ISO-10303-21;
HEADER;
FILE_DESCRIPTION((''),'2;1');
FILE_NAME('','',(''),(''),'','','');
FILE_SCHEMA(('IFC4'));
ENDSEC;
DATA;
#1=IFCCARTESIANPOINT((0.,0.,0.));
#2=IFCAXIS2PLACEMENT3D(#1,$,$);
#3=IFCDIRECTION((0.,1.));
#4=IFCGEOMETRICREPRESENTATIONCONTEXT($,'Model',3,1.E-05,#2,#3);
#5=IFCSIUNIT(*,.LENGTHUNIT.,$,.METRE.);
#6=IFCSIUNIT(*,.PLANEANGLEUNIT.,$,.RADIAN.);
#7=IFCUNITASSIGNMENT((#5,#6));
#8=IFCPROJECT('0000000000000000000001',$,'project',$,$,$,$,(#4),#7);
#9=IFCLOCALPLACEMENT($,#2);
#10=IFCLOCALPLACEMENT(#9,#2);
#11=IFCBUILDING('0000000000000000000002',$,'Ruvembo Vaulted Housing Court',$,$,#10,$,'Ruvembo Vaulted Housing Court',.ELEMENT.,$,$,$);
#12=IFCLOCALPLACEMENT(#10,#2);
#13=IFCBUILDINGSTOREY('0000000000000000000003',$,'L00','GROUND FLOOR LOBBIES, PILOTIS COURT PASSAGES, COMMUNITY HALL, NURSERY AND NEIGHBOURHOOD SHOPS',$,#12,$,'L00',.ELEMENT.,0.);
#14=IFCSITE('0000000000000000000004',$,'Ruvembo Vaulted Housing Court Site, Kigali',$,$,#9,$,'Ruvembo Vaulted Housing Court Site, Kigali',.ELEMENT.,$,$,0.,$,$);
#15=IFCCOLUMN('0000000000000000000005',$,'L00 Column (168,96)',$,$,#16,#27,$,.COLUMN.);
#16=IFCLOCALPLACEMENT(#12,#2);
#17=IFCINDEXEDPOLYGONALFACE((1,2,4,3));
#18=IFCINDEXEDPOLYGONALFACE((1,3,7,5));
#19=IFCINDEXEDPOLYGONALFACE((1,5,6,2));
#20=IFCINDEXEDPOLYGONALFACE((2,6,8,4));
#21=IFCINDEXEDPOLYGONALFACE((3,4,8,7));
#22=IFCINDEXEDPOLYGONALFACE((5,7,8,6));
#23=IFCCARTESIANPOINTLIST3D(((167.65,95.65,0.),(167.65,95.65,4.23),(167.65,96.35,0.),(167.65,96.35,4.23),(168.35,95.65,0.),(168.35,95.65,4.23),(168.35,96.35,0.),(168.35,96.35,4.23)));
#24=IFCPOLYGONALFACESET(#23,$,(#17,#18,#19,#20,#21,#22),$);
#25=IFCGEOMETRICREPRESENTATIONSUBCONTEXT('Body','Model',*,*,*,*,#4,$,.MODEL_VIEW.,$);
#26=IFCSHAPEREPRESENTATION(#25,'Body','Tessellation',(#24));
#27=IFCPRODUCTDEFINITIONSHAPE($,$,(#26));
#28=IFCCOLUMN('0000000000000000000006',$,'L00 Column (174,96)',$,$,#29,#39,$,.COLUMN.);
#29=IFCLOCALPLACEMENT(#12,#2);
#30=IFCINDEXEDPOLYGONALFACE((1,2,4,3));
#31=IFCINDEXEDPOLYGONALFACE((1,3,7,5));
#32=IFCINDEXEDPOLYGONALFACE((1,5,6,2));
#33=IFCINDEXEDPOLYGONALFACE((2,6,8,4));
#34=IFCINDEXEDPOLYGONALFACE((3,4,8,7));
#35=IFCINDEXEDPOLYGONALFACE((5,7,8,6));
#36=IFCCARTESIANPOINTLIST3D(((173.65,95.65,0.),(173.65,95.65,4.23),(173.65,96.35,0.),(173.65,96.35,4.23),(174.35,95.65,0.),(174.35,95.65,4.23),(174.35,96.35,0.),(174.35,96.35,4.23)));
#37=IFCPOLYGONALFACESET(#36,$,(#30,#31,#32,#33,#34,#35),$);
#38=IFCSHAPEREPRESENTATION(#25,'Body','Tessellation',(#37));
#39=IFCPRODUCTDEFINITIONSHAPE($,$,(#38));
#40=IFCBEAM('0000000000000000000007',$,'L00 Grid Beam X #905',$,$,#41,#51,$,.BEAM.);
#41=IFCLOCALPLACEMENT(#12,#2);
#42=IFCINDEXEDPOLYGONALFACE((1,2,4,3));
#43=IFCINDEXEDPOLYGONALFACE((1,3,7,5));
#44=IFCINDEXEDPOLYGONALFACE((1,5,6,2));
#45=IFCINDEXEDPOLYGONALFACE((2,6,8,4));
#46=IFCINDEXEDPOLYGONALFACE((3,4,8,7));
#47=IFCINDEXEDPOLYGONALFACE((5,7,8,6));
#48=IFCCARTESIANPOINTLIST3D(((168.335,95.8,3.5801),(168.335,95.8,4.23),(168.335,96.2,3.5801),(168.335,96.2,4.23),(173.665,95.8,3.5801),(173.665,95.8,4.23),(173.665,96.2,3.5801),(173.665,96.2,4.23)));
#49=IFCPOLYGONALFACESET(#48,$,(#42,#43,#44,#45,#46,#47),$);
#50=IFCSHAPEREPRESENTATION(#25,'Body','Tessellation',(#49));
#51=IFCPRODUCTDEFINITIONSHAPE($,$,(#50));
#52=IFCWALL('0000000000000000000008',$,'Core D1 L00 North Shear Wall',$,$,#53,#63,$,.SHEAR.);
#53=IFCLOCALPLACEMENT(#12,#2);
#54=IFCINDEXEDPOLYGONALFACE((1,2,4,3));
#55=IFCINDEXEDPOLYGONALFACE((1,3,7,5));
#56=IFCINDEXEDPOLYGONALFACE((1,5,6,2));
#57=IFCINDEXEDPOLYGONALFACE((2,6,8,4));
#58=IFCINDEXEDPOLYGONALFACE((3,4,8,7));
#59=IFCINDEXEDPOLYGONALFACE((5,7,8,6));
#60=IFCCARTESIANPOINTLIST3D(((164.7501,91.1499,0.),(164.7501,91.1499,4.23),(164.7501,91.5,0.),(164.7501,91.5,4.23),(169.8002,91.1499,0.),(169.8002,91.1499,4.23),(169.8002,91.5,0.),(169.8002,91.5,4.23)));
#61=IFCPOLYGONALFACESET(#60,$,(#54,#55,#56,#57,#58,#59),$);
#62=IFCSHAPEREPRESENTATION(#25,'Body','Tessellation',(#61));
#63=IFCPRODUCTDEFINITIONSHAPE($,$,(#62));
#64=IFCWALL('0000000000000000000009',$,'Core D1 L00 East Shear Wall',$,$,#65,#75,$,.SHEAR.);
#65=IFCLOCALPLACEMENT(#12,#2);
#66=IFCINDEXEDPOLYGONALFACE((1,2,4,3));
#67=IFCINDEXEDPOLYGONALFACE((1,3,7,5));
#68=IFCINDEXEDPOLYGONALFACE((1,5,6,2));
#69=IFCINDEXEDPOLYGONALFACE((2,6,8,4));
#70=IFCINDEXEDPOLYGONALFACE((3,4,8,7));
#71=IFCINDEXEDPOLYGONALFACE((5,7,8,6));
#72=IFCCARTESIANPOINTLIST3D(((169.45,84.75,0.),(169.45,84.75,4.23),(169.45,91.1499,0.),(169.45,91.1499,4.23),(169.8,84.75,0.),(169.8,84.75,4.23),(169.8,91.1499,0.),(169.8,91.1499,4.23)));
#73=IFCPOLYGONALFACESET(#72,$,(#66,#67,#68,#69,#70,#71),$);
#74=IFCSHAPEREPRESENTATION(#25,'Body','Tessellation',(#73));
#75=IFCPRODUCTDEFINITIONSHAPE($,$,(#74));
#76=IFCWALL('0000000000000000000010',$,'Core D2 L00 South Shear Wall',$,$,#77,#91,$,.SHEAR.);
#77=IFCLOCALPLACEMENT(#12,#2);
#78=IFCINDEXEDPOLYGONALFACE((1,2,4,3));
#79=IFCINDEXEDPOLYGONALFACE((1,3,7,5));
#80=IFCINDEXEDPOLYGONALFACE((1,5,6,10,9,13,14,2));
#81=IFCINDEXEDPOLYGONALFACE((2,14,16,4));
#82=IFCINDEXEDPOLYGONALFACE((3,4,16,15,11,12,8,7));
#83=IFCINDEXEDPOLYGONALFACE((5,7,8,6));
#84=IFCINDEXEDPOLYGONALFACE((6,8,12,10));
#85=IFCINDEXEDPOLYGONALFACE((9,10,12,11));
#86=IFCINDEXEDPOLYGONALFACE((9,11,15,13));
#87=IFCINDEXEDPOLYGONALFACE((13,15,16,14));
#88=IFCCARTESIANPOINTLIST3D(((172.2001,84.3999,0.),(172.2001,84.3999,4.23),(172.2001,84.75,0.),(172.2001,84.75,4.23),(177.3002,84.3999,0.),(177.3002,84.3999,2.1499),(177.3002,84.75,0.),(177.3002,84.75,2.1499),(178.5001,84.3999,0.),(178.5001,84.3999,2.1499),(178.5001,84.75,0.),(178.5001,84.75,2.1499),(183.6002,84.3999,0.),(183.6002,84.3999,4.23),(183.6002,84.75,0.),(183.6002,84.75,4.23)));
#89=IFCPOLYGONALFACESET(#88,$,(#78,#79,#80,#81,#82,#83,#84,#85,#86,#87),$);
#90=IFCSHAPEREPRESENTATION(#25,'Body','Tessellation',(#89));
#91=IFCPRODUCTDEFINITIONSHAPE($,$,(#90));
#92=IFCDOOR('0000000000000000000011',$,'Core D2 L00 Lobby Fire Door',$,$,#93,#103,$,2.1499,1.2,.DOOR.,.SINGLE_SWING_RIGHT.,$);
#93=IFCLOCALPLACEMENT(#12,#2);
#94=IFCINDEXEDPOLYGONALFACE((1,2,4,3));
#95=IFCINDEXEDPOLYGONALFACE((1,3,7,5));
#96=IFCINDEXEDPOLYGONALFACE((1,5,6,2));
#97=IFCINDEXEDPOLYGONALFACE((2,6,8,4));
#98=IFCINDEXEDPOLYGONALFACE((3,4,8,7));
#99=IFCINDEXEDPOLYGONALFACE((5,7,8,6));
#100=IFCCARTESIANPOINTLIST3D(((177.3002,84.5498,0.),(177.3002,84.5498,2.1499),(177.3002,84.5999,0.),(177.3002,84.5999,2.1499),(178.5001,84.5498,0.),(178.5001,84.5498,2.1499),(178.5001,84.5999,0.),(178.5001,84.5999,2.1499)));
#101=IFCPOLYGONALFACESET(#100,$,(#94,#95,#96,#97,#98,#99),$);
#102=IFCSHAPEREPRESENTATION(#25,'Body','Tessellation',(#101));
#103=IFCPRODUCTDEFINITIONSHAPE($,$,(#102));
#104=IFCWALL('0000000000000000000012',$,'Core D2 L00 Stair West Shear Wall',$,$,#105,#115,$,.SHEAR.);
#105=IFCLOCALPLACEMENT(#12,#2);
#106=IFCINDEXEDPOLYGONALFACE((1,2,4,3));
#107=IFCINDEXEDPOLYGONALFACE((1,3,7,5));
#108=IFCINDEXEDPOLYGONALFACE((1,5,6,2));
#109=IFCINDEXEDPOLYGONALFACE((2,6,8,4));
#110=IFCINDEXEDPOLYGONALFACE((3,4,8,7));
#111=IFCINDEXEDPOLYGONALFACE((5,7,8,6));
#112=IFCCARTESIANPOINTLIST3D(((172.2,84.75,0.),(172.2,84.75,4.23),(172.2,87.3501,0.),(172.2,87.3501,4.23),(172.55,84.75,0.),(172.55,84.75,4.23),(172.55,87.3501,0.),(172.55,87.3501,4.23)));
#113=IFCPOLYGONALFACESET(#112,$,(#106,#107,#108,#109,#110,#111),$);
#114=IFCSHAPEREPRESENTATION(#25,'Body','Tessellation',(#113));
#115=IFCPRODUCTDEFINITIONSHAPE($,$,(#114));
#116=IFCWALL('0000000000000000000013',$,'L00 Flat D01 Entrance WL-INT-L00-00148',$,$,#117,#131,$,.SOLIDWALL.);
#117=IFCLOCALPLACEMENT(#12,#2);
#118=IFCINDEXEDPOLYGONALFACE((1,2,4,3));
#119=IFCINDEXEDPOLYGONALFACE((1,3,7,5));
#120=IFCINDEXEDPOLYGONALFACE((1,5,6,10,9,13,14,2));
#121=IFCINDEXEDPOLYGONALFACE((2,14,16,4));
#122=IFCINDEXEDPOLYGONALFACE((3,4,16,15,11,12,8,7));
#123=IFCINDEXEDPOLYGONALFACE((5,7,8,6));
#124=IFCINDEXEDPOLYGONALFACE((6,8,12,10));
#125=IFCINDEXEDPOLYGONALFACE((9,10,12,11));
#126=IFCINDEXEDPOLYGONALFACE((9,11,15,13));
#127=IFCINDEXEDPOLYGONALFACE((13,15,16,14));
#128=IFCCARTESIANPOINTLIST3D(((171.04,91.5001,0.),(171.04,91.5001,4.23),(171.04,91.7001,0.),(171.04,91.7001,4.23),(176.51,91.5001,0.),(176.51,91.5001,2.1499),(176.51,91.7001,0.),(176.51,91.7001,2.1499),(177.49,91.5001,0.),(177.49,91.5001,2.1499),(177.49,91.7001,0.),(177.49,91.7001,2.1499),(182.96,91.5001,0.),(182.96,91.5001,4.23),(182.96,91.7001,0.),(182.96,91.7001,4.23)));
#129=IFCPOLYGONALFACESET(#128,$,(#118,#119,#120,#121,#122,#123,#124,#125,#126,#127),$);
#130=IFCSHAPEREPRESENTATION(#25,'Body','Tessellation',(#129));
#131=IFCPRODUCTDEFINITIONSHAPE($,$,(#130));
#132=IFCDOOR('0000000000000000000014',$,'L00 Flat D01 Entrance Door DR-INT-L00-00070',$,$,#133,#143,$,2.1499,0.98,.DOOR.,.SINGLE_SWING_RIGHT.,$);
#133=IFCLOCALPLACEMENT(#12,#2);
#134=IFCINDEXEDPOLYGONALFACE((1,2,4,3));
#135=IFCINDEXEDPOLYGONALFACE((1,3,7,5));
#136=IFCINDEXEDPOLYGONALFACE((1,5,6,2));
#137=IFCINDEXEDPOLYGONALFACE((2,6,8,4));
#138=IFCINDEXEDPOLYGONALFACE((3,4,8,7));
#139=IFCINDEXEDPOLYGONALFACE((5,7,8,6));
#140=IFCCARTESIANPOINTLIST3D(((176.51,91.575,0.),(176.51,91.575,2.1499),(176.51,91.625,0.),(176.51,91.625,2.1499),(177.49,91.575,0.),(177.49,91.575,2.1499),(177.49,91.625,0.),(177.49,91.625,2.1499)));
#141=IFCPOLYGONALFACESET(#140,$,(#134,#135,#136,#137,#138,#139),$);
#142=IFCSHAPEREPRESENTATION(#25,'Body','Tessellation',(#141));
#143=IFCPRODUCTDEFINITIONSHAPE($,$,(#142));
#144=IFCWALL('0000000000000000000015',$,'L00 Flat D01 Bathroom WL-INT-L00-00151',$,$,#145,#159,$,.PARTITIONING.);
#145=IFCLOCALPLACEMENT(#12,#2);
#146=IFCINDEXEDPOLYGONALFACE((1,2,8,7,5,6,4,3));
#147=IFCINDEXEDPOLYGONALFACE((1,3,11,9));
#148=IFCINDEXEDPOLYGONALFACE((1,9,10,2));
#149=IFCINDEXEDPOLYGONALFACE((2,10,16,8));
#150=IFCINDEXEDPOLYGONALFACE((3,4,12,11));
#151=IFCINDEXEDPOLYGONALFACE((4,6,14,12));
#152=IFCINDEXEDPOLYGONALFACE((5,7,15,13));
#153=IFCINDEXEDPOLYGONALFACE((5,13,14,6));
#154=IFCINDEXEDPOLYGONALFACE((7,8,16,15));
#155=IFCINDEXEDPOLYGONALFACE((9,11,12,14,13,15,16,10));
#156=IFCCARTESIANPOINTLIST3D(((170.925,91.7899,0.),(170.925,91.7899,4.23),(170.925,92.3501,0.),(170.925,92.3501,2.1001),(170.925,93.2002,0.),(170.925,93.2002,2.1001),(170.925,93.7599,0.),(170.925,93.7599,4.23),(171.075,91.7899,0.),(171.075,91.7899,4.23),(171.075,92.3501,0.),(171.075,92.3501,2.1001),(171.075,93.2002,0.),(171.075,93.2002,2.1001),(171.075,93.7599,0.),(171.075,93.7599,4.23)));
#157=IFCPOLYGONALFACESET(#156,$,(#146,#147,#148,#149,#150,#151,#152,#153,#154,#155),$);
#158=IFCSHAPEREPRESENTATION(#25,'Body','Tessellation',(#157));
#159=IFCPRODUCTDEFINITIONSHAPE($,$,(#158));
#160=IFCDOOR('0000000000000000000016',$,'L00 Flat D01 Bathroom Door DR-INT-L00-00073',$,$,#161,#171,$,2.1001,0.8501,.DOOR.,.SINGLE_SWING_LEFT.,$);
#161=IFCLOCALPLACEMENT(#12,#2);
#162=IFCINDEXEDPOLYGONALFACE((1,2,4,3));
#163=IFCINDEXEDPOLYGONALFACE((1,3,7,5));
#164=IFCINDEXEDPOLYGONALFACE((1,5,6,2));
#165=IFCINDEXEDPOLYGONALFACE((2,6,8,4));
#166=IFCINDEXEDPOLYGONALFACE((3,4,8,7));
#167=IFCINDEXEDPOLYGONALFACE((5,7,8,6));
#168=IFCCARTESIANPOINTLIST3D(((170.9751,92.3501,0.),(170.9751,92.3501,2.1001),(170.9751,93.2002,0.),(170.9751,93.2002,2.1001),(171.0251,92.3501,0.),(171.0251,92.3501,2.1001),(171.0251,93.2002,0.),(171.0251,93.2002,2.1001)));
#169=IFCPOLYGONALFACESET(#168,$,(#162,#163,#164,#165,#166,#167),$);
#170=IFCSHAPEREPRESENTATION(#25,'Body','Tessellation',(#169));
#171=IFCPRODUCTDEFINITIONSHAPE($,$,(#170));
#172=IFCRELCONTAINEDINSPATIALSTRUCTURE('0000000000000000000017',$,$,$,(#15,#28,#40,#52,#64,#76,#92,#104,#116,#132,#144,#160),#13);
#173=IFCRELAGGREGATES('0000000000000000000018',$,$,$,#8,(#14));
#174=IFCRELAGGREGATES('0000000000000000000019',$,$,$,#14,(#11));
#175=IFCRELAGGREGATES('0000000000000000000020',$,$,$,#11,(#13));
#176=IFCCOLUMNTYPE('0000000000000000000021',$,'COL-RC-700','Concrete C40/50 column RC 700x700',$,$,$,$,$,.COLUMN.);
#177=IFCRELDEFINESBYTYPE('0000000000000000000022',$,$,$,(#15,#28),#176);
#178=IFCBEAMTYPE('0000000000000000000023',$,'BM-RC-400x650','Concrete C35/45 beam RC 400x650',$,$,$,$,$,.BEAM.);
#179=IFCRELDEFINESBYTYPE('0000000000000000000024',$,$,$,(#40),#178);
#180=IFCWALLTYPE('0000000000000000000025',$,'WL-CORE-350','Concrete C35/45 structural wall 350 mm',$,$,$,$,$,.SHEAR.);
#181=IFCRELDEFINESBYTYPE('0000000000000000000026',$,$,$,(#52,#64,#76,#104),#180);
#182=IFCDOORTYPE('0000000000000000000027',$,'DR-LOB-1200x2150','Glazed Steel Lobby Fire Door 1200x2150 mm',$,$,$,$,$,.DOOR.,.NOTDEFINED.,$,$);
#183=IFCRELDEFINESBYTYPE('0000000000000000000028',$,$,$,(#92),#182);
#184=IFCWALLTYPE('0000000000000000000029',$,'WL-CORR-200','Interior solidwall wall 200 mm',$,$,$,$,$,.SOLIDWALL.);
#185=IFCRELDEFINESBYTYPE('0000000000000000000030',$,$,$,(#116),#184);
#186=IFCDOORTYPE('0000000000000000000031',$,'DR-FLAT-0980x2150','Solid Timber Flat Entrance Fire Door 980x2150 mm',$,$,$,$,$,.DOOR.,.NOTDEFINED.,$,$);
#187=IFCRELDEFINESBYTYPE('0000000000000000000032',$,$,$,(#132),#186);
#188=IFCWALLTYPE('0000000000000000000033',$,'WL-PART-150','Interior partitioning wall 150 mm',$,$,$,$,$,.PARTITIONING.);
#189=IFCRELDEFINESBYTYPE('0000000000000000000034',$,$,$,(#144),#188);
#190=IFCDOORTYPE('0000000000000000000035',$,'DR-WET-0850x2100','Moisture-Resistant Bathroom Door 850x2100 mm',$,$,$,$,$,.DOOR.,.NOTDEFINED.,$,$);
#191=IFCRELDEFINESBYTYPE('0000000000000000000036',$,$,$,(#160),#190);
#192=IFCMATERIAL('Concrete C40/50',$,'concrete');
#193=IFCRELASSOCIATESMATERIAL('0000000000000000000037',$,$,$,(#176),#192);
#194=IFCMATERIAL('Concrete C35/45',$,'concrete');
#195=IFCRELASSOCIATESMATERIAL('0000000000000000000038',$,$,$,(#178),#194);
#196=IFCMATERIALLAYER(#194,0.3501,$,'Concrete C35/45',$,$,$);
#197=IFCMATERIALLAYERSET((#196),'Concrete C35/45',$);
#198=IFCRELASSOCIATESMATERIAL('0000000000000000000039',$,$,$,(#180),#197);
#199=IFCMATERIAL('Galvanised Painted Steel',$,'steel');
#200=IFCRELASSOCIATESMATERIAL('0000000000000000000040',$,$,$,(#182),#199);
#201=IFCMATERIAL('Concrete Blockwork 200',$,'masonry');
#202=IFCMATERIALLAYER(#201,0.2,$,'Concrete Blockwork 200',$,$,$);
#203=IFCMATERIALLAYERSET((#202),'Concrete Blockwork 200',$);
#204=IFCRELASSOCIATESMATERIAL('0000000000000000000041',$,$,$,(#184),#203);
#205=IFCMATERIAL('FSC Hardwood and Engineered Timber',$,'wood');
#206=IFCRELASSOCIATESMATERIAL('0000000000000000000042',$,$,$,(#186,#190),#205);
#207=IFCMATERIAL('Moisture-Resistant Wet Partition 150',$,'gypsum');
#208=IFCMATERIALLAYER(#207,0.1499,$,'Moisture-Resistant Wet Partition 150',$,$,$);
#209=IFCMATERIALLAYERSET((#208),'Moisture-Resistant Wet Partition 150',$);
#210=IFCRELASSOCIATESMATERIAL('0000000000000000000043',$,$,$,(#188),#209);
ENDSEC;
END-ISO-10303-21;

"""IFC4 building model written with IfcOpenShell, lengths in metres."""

from ifc_helpers import new_model, si_unit, direction, frame, frame_2d, origin, origin_2d, place, context, subcontext, project, spatial, rectangle, extrude, material, layer, layer_set, material_profile, profile_set, type_object, element, fill, save


model = new_model("IFC4")

# Units and contexts
model_context = context("Model", 3, precision=1e-05, world=origin(), true_north=direction((0.0, 1.0)))
body_context = subcontext(model_context, "Body", "Model", "MODEL_VIEW")
ifc_project = project(units=[si_unit("LENGTHUNIT", "METRE"), si_unit("PLANEANGLEUNIT", "RADIAN")], contexts=[model_context])

# Site, building, storey
site_placement = place(None, origin())
site = spatial("IfcSite", under=ifc_project, at=site_placement, Name="Ruvembo Vaulted Housing Court Site, Kigali", LongName="Ruvembo Vaulted Housing Court Site, Kigali", CompositionType="ELEMENT", RefElevation=0.0)
building_placement = place(site_placement, origin())
building = spatial("IfcBuilding", under=site, at=building_placement, Name="Ruvembo Vaulted Housing Court", LongName="Ruvembo Vaulted Housing Court", CompositionType="ELEMENT")
storey_placement = place(building_placement, origin())
storey = spatial("IfcBuildingStorey", under=building, at=storey_placement, Name="L00", Description="GROUND FLOOR LOBBIES, PILOTIS COURT PASSAGES, COMMUNITY HALL, NURSERY AND NEIGHBOURHOOD SHOPS", LongName="L00", CompositionType="ELEMENT", Elevation=0.0)

# Columns
ifc_material_1 = material(Name="Concrete C40/50", Category="concrete")
ifc_material_profile_1 = material_profile(ifc_material_1, rectangle(XDim=0.7, YDim=0.7, at=origin_2d()), Name="RC 700x700")
ifc_profile_set_1 = profile_set([ifc_material_profile_1], Name="Concrete C40/50")
column_type = type_object("IfcColumnType", Name="COL-RC-700", Description="Concrete C40/50 column RC 700x700", PredefinedType="COLUMN", material=ifc_profile_set_1)
for number, where, z_axis, x_axis, name in (
    (1, (168.0, 96.0, 0.0), (0.0, 0.0, 1.0), (1.0, 0.0, 0.0), "L00 Column (168,96)"),
    (2, (174.0, 96.0, 0.0), (0.0, 0.0, 1.0), (1.0, 0.0, 0.0), "L00 Column (174,96)"),
):
    element("IfcColumn", number, at=place(storey_placement, frame(where, z_axis=z_axis, x_axis=x_axis)), inside=storey, type_object=column_type, Name=name, PredefinedType="COLUMN", context=body_context, shape_type="SweptSolid", body=[
        extrude(rectangle(XDim=0.7, YDim=0.7, at=origin_2d()), origin(), (0.0, 0.0, 1.0), 4.23),
    ])

# Beam
ifc_material_2 = material(Name="Concrete C35/45", Category="concrete")
ifc_material_profile_2 = material_profile(ifc_material_2, rectangle(XDim=0.3999, YDim=0.6499, at=origin_2d()), Name="RC 400x650")
ifc_profile_set_2 = profile_set([ifc_material_profile_2], Name="Concrete C35/45")
beam_type = type_object("IfcBeamType", Name="BM-RC-400x650", Description="Concrete C35/45 beam RC 400x650", PredefinedType="BEAM", material=ifc_profile_set_2)
beam_placement = place(storey_placement, frame((168.335, 96.0, 3.905), z_axis=(1.0, 0.0, 0.0), x_axis=(0.0, 1.0, 0.0)))
element("IfcBeam", 3, at=beam_placement, inside=storey, type_object=beam_type, Name="L00 Grid Beam X #905", PredefinedType="BEAM", context=body_context, shape_type="SweptSolid", body=[
    extrude(rectangle(XDim=0.3999, YDim=0.6499, at=origin_2d()), origin(), (0.0, 0.0, 1.0), 5.3301),
])

# Walls
ifc_layer_1 = layer(ifc_material_2, 0.3501, Name="Concrete C35/45")
ifc_layer_set_1 = layer_set([ifc_layer_1], Name="Concrete C35/45")
wall_type_1 = type_object("IfcWallType", Name="WL-CORE-350", Description="Concrete C35/45 structural wall 350 mm", PredefinedType="SHEAR", material=ifc_layer_set_1)
wall_1_placement = place(storey_placement, frame((169.8, 91.325, 0.0), z_axis=(0.0, 0.0, 1.0), x_axis=(-1.0, 0.0, 0.0)))
element("IfcWall", 4, at=wall_1_placement, inside=storey, type_object=wall_type_1, Name="Core D1 L00 North Shear Wall", PredefinedType="SHEAR", context=body_context, shape_type="SweptSolid", body=[
    extrude(rectangle(XDim=5.05, YDim=0.3501, at=frame_2d((2.5249, 0.0))), origin(), (0.0, 0.0, 1.0), 4.23),
])
wall_2_placement = place(storey_placement, frame((169.625, 84.75, 0.0), z_axis=(0.0, 0.0, 1.0), x_axis=(0.0, 1.0, 0.0)))
element("IfcWall", 5, at=wall_2_placement, inside=storey, type_object=wall_type_1, Name="Core D1 L00 East Shear Wall", PredefinedType="SHEAR", context=body_context, shape_type="SweptSolid", body=[
    extrude(rectangle(XDim=6.3999, YDim=0.3501, at=frame_2d((3.2, 0.0))), origin(), (0.0, 0.0, 1.0), 4.23),
])

# Wall, opening, door
wall_3_placement = place(storey_placement, frame((172.2, 84.575, 0.0), z_axis=(0.0, 0.0, 1.0), x_axis=(1.0, 0.0, 0.0)))
wall_3 = element("IfcWall", 6, at=wall_3_placement, inside=storey, type_object=wall_type_1, Name="Core D2 L00 South Shear Wall", PredefinedType="SHEAR", context=body_context, shape_type="SweptSolid", body=[
    extrude(rectangle(XDim=11.4001, YDim=0.3501, at=frame_2d((5.7002, 0.0))), origin(), (0.0, 0.0, 1.0), 4.23),
])
opening_1_placement = place(wall_3_placement, frame((5.1001, 0.0, 0.0)))
opening_1 = element("IfcOpeningElement", 7, at=opening_1_placement, cuts=wall_3, PredefinedType="OPENING", context=body_context, shape_type="SweptSolid", body=[
    extrude(rectangle(XDim=1.2, YDim=2.1499, at=frame_2d((0.6001, 1.075))), frame((0.0, 0.1851, 0.0), z_axis=(0.0, -1.0, 0.0), x_axis=(1.0, 0.0, 0.0)), (0.0, 0.0, 1.0), 0.3701),
])
ifc_material_3 = material(Name="Galvanised Painted Steel", Category="steel")
door_type_1 = type_object("IfcDoorType", Name="DR-LOB-1200x2150", Description="Glazed Steel Lobby Fire Door 1200x2150 mm", OperationType="NOTDEFINED", PredefinedType="DOOR", material=ifc_material_3)
door_1_placement = place(opening_1_placement, origin())
door_1 = element("IfcDoor", 8, at=door_1_placement, inside=storey, type_object=door_type_1, Name="Core D2 L00 Lobby Fire Door", OperationType="SINGLE_SWING_RIGHT", OverallHeight=2.1499, OverallWidth=1.2, PredefinedType="DOOR", context=body_context, shape_type="SweptSolid", body=[
    extrude(rectangle(XDim=1.2, YDim=2.1499, at=frame_2d((0.6001, 1.075))), frame((0.0, 0.0249, 0.0), z_axis=(0.0, -1.0, 0.0), x_axis=(1.0, 0.0, 0.0)), (0.0, 0.0, 1.0), 0.05),
])
fill(opening_1, door_1)

# Wall
wall_4_placement = place(storey_placement, frame((172.375, 87.3501, 0.0), z_axis=(0.0, 0.0, 1.0), x_axis=(0.0, -1.0, 0.0)))
element("IfcWall", 9, at=wall_4_placement, inside=storey, type_object=wall_type_1, Name="Core D2 L00 Stair West Shear Wall", PredefinedType="SHEAR", context=body_context, shape_type="SweptSolid", body=[
    extrude(rectangle(XDim=2.6001, YDim=0.3501, at=frame_2d((1.3, 0.0))), origin(), (0.0, 0.0, 1.0), 4.23),
])

# Walls, openings, doors
ifc_material_4 = material(Name="Concrete Blockwork 200", Category="masonry")
ifc_layer_2 = layer(ifc_material_4, 0.2, Name="Concrete Blockwork 200")
ifc_layer_set_2 = layer_set([ifc_layer_2], Name="Concrete Blockwork 200")
wall_type_2 = type_object("IfcWallType", Name="WL-CORR-200", Description="Interior solidwall wall 200 mm", PredefinedType="SOLIDWALL", material=ifc_layer_set_2)
wall_5_placement = place(storey_placement, frame((171.04, 91.6001, 0.0), z_axis=(0.0, 0.0, 1.0), x_axis=(1.0, 0.0, 0.0)))
wall_5 = element("IfcWall", 10, at=wall_5_placement, inside=storey, type_object=wall_type_2, Name="L00 Flat D01 Entrance WL-INT-L00-00148", PredefinedType="SOLIDWALL", context=body_context, shape_type="SweptSolid", body=[
    extrude(rectangle(XDim=11.9199, YDim=0.2, at=frame_2d((5.96, 0.0))), origin(), (0.0, 0.0, 1.0), 4.23),
])
opening_2_placement = place(wall_5_placement, frame((5.47, 0.0, 0.0)))
opening_2 = element("IfcOpeningElement", 11, at=opening_2_placement, cuts=wall_5, PredefinedType="OPENING", context=body_context, shape_type="SweptSolid", body=[
    extrude(rectangle(XDim=0.98, YDim=2.1499, at=frame_2d((0.49, 1.075))), frame((0.0, 0.1099, 0.0), z_axis=(0.0, -1.0, 0.0), x_axis=(1.0, 0.0, 0.0)), (0.0, 0.0, 1.0), 0.22),
])
ifc_material_5 = material(Name="FSC Hardwood and Engineered Timber", Category="wood")
door_type_2 = type_object("IfcDoorType", Name="DR-FLAT-0980x2150", Description="Solid Timber Flat Entrance Fire Door 980x2150 mm", OperationType="NOTDEFINED", PredefinedType="DOOR", material=ifc_material_5)
door_2_placement = place(opening_2_placement, origin())
door_2 = element("IfcDoor", 12, at=door_2_placement, inside=storey, type_object=door_type_2, Name="L00 Flat D01 Entrance Door DR-INT-L00-00070", OperationType="SINGLE_SWING_RIGHT", OverallHeight=2.1499, OverallWidth=0.98, PredefinedType="DOOR", context=body_context, shape_type="SweptSolid", body=[
    extrude(rectangle(XDim=0.98, YDim=2.1499, at=frame_2d((0.49, 1.075))), frame((0.0, 0.0249, 0.0), z_axis=(0.0, -1.0, 0.0), x_axis=(1.0, 0.0, 0.0)), (0.0, 0.0, 1.0), 0.05),
])
fill(opening_2, door_2)
ifc_material_6 = material(Name="Moisture-Resistant Wet Partition 150", Category="gypsum")
ifc_layer_3 = layer(ifc_material_6, 0.1499, Name="Moisture-Resistant Wet Partition 150")
ifc_layer_set_3 = layer_set([ifc_layer_3], Name="Moisture-Resistant Wet Partition 150")
wall_type_3 = type_object("IfcWallType", Name="WL-PART-150", Description="Interior partitioning wall 150 mm", PredefinedType="PARTITIONING", material=ifc_layer_set_3)
wall_6_placement = place(storey_placement, frame((171.0, 91.79, 0.0), z_axis=(0.0, 0.0, 1.0), x_axis=(0.0, 1.0, 0.0)))
wall_6 = element("IfcWall", 13, at=wall_6_placement, inside=storey, type_object=wall_type_3, Name="L00 Flat D01 Bathroom WL-INT-L00-00151", PredefinedType="PARTITIONING", context=body_context, shape_type="SweptSolid", body=[
    extrude(rectangle(XDim=1.97, YDim=0.1499, at=frame_2d((0.9849, 0.0))), origin(), (0.0, 0.0, 1.0), 4.23),
])
opening_3_placement = place(wall_6_placement, frame((0.5601, 0.0, 0.0)))
opening_3 = element("IfcOpeningElement", 14, at=opening_3_placement, cuts=wall_6, PredefinedType="OPENING", context=body_context, shape_type="SweptSolid", body=[
    extrude(rectangle(XDim=0.8501, YDim=2.1001, at=frame_2d((0.425, 1.05))), frame((0.0, 0.085, 0.0), z_axis=(0.0, -1.0, 0.0), x_axis=(1.0, 0.0, 0.0)), (0.0, 0.0, 1.0), 0.1699),
])
door_type_3 = type_object("IfcDoorType", Name="DR-WET-0850x2100", Description="Moisture-Resistant Bathroom Door 850x2100 mm", OperationType="NOTDEFINED", PredefinedType="DOOR", material=ifc_material_5)
door_3_placement = place(opening_3_placement, origin())
door_3 = element("IfcDoor", 15, at=door_3_placement, inside=storey, type_object=door_type_3, Name="L00 Flat D01 Bathroom Door DR-INT-L00-00073", OperationType="SINGLE_SWING_LEFT", OverallHeight=2.1001, OverallWidth=0.8501, PredefinedType="DOOR", context=body_context, shape_type="SweptSolid", body=[
    extrude(rectangle(XDim=0.8501, YDim=2.1001, at=frame_2d((0.425, 1.05))), frame((0.0, 0.0249, 0.0), z_axis=(0.0, -1.0, 0.0), x_axis=(1.0, 0.0, 0.0)), (0.0, 0.0, 1.0), 0.05),
])
fill(opening_3, door_3)

save(model, "model.ifc")
